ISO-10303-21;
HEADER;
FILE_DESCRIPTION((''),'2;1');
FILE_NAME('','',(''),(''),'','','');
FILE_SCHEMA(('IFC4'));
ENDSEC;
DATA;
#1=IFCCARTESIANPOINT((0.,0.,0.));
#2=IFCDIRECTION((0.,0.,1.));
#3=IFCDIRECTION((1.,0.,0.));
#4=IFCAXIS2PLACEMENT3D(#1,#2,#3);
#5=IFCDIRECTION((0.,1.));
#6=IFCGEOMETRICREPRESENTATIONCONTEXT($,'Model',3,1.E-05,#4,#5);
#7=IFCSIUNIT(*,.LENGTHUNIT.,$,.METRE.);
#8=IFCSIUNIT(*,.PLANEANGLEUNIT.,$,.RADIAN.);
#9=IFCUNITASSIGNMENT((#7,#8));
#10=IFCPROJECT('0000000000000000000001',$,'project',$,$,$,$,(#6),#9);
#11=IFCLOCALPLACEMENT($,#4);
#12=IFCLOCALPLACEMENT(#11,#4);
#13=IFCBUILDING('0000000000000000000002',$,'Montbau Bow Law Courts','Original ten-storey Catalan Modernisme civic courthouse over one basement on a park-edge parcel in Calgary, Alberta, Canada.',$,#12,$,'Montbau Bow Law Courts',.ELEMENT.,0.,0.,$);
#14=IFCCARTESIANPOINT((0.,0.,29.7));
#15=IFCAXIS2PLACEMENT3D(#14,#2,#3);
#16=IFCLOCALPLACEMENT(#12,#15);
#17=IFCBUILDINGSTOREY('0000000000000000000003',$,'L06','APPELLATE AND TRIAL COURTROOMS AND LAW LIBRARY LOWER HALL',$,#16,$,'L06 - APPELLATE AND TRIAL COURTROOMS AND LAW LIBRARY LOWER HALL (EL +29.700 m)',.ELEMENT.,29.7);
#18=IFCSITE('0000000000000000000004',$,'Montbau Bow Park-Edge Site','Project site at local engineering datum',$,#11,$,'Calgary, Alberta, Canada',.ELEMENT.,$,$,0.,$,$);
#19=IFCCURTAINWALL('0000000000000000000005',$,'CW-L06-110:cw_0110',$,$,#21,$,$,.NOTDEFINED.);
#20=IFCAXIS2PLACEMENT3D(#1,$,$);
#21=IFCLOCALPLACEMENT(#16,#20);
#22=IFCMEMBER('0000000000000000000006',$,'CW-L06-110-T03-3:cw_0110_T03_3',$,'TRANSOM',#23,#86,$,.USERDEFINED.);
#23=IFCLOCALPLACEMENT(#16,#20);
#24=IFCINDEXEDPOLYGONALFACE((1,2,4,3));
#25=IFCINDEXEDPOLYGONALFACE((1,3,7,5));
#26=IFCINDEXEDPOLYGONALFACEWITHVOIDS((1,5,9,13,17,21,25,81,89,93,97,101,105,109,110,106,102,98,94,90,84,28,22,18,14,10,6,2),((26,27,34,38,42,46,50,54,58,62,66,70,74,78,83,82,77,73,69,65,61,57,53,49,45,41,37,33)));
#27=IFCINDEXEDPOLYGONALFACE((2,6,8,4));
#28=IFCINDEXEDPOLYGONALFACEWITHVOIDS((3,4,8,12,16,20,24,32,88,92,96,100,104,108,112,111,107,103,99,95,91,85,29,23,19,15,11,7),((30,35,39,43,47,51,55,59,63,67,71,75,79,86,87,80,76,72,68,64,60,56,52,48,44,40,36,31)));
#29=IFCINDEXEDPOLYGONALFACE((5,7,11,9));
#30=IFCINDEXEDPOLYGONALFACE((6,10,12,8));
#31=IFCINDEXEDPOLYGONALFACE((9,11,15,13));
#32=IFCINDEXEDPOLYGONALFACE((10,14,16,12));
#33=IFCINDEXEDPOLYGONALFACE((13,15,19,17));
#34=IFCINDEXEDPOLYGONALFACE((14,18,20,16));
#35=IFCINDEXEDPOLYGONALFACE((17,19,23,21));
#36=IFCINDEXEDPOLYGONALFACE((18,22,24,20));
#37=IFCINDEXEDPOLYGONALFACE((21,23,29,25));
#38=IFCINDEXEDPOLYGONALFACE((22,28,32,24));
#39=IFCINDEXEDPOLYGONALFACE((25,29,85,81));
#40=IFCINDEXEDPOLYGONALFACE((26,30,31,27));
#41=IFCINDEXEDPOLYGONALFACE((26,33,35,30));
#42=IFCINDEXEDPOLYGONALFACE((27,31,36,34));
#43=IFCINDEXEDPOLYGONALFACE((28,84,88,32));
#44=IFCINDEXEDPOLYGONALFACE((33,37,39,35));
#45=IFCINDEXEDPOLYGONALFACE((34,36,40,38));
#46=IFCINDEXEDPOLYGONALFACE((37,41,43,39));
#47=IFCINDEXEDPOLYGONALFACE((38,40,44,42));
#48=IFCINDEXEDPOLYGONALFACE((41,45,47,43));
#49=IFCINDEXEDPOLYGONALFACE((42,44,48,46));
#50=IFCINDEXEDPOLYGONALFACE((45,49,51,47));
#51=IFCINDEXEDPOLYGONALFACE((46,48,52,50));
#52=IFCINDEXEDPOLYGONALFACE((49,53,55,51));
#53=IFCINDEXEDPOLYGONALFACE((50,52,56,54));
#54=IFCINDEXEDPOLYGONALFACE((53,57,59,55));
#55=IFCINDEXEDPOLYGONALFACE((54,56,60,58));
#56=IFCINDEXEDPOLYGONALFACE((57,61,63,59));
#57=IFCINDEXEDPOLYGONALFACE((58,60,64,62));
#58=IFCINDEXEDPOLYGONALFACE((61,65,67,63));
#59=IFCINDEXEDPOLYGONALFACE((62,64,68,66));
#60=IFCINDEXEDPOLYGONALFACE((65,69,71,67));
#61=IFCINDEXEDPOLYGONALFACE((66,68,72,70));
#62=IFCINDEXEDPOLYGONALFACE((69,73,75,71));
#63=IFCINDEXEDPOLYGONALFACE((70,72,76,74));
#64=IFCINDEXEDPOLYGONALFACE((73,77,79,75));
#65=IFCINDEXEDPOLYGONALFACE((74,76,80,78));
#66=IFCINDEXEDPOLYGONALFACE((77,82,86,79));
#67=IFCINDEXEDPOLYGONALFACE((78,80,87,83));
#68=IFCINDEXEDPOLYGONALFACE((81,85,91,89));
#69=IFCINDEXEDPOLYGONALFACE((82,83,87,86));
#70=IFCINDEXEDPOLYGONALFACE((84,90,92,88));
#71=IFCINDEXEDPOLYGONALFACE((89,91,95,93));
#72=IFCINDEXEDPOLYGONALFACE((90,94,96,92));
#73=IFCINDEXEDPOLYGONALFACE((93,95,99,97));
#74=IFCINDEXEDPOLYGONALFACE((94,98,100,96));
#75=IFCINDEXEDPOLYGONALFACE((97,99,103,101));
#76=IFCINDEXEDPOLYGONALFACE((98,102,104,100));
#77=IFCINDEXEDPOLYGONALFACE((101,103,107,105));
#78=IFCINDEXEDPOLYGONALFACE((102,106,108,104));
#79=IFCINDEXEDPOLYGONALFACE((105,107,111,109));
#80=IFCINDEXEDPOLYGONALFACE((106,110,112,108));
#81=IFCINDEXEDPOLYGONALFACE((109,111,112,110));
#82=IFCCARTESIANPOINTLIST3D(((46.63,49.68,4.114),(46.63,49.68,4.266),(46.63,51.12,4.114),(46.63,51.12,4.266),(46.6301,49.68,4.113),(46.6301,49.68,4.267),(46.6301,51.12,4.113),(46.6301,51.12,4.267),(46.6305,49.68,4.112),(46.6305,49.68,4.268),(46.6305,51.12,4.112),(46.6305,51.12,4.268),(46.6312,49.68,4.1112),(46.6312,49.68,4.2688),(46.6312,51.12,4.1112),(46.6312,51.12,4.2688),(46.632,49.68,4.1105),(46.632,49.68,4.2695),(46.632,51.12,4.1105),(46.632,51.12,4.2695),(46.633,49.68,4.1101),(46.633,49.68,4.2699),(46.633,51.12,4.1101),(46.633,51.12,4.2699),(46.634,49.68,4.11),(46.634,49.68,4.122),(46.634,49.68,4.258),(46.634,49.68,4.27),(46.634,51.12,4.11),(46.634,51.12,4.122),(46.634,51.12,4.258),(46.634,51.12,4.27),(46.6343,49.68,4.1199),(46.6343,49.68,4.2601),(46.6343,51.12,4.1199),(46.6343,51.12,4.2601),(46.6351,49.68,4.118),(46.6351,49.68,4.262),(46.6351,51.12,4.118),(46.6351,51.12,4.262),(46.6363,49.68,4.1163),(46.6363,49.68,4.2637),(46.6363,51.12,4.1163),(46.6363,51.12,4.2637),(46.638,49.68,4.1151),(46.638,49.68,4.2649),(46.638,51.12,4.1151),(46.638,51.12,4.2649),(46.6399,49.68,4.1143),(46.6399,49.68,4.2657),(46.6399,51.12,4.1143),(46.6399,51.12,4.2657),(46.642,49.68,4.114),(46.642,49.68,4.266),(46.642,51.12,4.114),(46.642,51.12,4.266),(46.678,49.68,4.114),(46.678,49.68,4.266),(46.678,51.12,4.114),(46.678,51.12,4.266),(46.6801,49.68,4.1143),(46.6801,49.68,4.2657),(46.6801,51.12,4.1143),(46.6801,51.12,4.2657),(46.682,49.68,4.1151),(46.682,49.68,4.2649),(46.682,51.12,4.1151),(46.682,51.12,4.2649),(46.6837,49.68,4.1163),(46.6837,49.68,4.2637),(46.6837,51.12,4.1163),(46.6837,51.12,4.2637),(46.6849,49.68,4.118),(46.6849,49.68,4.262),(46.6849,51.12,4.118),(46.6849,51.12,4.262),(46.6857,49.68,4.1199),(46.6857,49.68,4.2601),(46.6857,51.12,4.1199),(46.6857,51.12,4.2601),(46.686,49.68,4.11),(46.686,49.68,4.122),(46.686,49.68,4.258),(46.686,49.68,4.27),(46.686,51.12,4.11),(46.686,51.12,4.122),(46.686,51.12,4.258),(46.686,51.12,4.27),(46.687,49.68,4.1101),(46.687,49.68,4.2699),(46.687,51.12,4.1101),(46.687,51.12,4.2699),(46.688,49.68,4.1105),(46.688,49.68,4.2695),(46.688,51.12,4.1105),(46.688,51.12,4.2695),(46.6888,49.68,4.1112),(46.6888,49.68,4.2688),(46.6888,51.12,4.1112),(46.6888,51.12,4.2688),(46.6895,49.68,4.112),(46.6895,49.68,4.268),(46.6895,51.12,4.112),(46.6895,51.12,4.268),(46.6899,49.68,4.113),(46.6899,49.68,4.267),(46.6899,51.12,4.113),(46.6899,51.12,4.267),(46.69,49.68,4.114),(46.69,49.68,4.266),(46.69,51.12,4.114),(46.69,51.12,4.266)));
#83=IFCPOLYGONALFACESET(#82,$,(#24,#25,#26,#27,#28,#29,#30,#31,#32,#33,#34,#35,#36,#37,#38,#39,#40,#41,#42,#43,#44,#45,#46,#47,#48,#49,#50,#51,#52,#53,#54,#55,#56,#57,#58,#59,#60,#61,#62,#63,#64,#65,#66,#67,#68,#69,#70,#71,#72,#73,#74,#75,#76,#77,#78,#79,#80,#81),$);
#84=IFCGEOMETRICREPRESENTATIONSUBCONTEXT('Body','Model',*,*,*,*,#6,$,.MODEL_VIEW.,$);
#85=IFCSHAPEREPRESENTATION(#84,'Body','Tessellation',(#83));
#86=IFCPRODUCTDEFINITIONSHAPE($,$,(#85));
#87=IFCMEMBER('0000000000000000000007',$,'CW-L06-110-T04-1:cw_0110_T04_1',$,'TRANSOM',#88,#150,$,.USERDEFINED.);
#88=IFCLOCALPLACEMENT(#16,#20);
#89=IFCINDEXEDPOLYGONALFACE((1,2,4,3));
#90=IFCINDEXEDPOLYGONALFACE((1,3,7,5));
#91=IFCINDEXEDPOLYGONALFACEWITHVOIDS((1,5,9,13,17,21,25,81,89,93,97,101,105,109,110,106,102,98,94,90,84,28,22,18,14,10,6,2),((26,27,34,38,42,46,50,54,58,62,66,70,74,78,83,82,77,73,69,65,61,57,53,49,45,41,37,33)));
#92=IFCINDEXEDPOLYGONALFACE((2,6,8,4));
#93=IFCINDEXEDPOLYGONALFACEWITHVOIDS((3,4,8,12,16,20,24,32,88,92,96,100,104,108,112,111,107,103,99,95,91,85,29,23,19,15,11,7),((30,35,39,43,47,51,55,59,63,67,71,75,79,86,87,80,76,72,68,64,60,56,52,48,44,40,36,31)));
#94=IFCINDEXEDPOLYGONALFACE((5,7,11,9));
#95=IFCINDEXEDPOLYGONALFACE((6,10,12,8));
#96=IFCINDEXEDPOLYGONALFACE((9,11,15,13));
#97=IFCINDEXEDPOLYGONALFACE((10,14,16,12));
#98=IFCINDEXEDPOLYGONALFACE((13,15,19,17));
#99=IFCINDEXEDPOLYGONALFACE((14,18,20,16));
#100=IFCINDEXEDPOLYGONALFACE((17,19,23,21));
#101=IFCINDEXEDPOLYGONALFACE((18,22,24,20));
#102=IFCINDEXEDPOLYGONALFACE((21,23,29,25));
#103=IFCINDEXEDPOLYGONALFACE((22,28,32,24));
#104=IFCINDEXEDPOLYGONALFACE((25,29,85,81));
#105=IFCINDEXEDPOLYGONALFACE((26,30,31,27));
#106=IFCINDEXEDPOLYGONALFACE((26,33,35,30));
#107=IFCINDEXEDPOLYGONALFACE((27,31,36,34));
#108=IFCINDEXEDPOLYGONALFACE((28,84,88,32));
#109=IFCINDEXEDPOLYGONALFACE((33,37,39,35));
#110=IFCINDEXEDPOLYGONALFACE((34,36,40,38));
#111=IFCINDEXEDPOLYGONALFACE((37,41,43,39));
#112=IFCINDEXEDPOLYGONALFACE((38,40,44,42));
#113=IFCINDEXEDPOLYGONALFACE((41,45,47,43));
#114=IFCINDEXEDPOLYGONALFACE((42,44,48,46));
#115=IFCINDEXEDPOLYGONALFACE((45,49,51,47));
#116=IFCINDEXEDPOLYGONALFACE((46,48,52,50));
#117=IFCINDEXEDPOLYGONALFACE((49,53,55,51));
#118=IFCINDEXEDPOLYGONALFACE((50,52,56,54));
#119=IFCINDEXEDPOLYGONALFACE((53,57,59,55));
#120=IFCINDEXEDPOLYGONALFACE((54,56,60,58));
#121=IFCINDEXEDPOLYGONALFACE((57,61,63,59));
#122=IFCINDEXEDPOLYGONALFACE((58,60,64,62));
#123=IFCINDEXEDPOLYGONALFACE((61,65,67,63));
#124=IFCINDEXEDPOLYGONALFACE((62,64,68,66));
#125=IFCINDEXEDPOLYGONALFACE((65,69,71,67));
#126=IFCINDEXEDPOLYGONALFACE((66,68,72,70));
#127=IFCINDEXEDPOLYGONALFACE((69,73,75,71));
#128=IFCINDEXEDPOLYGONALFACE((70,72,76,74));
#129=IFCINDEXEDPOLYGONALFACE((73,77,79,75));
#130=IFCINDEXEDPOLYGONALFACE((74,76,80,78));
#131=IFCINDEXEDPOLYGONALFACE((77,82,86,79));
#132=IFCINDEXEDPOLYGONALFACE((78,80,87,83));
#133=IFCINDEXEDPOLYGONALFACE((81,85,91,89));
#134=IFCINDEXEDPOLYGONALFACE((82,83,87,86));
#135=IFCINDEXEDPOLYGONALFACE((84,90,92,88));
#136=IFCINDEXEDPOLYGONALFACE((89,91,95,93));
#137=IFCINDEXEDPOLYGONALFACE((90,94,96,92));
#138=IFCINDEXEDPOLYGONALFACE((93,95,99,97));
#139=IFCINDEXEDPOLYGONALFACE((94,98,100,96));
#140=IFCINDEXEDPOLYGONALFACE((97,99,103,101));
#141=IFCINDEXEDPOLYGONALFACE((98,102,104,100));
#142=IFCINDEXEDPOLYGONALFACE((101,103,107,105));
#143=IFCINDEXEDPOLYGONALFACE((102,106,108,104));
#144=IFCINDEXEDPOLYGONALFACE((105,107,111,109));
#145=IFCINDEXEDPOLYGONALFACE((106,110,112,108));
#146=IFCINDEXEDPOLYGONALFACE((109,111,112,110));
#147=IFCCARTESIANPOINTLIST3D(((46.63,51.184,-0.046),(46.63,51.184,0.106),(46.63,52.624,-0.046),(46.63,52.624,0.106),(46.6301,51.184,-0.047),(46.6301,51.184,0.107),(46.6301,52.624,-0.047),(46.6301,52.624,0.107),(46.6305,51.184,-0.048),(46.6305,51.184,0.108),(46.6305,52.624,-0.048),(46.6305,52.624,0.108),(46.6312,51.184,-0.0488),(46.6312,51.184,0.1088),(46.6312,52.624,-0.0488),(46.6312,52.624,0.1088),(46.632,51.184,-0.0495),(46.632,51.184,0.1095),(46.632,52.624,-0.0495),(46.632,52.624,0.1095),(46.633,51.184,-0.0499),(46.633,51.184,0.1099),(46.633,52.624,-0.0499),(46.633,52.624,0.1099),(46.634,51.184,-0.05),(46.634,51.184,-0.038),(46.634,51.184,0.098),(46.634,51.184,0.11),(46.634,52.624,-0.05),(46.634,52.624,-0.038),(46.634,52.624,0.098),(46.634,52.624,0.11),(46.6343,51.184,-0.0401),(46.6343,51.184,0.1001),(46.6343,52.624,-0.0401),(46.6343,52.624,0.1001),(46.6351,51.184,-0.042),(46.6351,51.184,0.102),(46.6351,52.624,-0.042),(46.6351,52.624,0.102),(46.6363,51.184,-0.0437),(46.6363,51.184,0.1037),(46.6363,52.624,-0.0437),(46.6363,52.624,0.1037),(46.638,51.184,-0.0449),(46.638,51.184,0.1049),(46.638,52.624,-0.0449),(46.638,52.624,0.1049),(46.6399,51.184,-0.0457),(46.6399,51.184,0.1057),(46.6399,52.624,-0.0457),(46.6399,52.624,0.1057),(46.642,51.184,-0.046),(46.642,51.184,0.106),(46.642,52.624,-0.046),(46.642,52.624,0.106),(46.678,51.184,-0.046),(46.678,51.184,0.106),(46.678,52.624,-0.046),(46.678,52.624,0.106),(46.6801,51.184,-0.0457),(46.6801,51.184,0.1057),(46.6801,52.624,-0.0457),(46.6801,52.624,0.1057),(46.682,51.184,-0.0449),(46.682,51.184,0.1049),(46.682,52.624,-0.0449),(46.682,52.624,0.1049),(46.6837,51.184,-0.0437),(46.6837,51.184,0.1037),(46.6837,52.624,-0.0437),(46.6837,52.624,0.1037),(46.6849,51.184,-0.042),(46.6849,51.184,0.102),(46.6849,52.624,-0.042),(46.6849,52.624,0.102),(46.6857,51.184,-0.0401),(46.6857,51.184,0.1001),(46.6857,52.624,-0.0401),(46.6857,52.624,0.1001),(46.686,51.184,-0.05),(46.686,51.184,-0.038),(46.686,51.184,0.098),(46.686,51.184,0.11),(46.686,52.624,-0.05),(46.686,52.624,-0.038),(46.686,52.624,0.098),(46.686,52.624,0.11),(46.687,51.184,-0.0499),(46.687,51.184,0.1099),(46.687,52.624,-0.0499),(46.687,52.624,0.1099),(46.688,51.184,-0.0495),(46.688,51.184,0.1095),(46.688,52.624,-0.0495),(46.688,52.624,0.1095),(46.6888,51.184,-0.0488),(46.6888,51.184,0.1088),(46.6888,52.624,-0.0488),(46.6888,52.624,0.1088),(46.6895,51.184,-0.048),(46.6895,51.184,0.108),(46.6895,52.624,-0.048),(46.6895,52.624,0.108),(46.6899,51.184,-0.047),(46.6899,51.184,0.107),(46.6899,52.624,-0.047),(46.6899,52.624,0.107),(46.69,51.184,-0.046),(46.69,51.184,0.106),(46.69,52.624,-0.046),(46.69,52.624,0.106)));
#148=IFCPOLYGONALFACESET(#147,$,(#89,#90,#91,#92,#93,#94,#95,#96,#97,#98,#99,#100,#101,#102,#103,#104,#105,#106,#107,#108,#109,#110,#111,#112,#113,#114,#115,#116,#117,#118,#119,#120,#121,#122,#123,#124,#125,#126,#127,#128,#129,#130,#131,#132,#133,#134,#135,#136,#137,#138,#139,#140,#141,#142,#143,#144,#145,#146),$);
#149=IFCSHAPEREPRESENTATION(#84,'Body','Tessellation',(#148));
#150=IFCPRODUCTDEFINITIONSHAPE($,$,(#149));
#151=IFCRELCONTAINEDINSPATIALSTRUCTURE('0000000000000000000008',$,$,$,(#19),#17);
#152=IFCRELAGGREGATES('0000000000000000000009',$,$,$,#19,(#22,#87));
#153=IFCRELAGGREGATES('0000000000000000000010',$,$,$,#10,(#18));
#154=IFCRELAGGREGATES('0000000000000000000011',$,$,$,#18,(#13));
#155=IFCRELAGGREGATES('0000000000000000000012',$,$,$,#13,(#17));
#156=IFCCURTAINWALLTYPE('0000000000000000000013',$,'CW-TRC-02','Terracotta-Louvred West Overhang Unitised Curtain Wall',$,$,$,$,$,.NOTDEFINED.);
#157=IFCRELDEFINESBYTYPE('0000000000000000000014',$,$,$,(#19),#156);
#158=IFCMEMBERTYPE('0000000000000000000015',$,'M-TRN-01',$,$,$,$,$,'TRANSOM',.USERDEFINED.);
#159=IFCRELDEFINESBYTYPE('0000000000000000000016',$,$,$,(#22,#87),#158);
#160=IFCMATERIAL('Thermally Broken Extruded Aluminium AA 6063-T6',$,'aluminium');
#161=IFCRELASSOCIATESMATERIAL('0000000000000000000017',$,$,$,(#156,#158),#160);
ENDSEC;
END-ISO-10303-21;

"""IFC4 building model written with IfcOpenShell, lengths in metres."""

from ifc_helpers import new_model, si_unit, direction, frame, origin_with_axes, origin_2d_with_axis, place, context, subcontext, project, spatial, hollow_rectangle, extrude, material, material_profile, profile_set, type_object, element, aggregate, save


model = new_model("IFC4")

# Units and contexts
model_context = context("Model", 3, precision=1e-05, world=origin_with_axes(), true_north=direction((0.0, 1.0)))
body_context = subcontext(model_context, "Body", "Model", "MODEL_VIEW")
ifc_project = project(units=[si_unit("LENGTHUNIT", "METRE"), si_unit("PLANEANGLEUNIT", "RADIAN")], contexts=[model_context])

# Site, building, storey
site_placement = place(None, origin_with_axes())
site = spatial("IfcSite", under=ifc_project, at=site_placement, Name="Montbau Bow Park-Edge Site", Description="Project site at local engineering datum", LongName="Calgary, Alberta, Canada", CompositionType="ELEMENT", RefElevation=0.0)
building_placement = place(site_placement, origin_with_axes())
building = spatial("IfcBuilding", under=site, at=building_placement, Name="Montbau Bow Law Courts", Description="Original ten-storey Catalan Modernisme civic courthouse over one basement on a park-edge parcel in Calgary, Alberta, Canada.", LongName="Montbau Bow Law Courts", CompositionType="ELEMENT", ElevationOfRefHeight=0.0, ElevationOfTerrain=0.0)
storey_placement = place(building_placement, frame((0.0, 0.0, 29.7), z_axis=(0.0, 0.0, 1.0), x_axis=(1.0, 0.0, 0.0)))
storey = spatial("IfcBuildingStorey", under=building, at=storey_placement, Name="L06", Description="APPELLATE AND TRIAL COURTROOMS AND LAW LIBRARY LOWER HALL", LongName="L06 - APPELLATE AND TRIAL COURTROOMS AND LAW LIBRARY LOWER HALL (EL +29.700 m)", CompositionType="ELEMENT", Elevation=29.7)

# Curtain wall, members
ifc_material_1 = material(Name="Thermally Broken Extruded Aluminium AA 6063-T6", Category="aluminium")
curtain_wall_type = type_object("IfcCurtainWallType", Name="CW-TRC-02", Description="Terracotta-Louvred West Overhang Unitised Curtain Wall", PredefinedType="NOTDEFINED", material=ifc_material_1)
curtain_wall_placement = place(None, frame((46.66, 46.64, 29.7), z_axis=(0.0, 0.0, 1.0), x_axis=(1.0, 0.0, 0.0)))
curtain_wall = element("IfcCurtainWall", 1, at=curtain_wall_placement, inside=storey, type_object=curtain_wall_type, Name="CW-L06-110:cw_0110", PredefinedType="NOTDEFINED")
ifc_material_profile_1 = material_profile(ifc_material_1, hollow_rectangle(XDim=0.06, YDim=0.16, WallThickness=0.004, InnerFilletRadius=0.008, OuterFilletRadius=0.004, at=origin_2d_with_axis()), Name="CWT-160X60", Category="Main", Priority=0)
ifc_profile_set_1 = profile_set([ifc_material_profile_1], Name="Thermally Broken Extruded Aluminium AA 6063-T6")
member_type_1 = type_object("IfcMemberType", Name="M-TRN-01", ElementType="TRANSOM", PredefinedType="USERDEFINED", material=ifc_profile_set_1)
member_1_placement = place(None, frame((46.66, 49.68, 33.89), z_axis=(0.0, 1.0, 0.0), x_axis=(-1.0, 0.0, 0.0)))
member_1 = element("IfcMember", 2, at=member_1_placement, type_object=member_type_1, Name="CW-L06-110-T03-3:cw_0110_T03_3", ObjectType="TRANSOM", PredefinedType="USERDEFINED", context=body_context, shape_type="SweptSolid", body=[
    extrude(hollow_rectangle(XDim=0.06, YDim=0.16, WallThickness=0.004, InnerFilletRadius=0.008, OuterFilletRadius=0.004, at=origin_2d_with_axis()), origin_with_axes(), (0.0, 0.0, 1.0), 1.44),
])
member_2_placement = place(None, frame((46.66, 51.184, 29.73), z_axis=(0.0, 1.0, 0.0), x_axis=(-1.0, 0.0, 0.0)))
member_2 = element("IfcMember", 3, at=member_2_placement, type_object=member_type_1, Name="CW-L06-110-T04-1:cw_0110_T04_1", ObjectType="TRANSOM", PredefinedType="USERDEFINED", context=body_context, shape_type="SweptSolid", body=[
    extrude(hollow_rectangle(XDim=0.06, YDim=0.16, WallThickness=0.004, InnerFilletRadius=0.008, OuterFilletRadius=0.004, at=origin_2d_with_axis()), origin_with_axes(), (0.0, 0.0, 1.0), 1.44),
])
aggregate(curtain_wall, [member_1, member_2])

save(model, "model.ifc")
